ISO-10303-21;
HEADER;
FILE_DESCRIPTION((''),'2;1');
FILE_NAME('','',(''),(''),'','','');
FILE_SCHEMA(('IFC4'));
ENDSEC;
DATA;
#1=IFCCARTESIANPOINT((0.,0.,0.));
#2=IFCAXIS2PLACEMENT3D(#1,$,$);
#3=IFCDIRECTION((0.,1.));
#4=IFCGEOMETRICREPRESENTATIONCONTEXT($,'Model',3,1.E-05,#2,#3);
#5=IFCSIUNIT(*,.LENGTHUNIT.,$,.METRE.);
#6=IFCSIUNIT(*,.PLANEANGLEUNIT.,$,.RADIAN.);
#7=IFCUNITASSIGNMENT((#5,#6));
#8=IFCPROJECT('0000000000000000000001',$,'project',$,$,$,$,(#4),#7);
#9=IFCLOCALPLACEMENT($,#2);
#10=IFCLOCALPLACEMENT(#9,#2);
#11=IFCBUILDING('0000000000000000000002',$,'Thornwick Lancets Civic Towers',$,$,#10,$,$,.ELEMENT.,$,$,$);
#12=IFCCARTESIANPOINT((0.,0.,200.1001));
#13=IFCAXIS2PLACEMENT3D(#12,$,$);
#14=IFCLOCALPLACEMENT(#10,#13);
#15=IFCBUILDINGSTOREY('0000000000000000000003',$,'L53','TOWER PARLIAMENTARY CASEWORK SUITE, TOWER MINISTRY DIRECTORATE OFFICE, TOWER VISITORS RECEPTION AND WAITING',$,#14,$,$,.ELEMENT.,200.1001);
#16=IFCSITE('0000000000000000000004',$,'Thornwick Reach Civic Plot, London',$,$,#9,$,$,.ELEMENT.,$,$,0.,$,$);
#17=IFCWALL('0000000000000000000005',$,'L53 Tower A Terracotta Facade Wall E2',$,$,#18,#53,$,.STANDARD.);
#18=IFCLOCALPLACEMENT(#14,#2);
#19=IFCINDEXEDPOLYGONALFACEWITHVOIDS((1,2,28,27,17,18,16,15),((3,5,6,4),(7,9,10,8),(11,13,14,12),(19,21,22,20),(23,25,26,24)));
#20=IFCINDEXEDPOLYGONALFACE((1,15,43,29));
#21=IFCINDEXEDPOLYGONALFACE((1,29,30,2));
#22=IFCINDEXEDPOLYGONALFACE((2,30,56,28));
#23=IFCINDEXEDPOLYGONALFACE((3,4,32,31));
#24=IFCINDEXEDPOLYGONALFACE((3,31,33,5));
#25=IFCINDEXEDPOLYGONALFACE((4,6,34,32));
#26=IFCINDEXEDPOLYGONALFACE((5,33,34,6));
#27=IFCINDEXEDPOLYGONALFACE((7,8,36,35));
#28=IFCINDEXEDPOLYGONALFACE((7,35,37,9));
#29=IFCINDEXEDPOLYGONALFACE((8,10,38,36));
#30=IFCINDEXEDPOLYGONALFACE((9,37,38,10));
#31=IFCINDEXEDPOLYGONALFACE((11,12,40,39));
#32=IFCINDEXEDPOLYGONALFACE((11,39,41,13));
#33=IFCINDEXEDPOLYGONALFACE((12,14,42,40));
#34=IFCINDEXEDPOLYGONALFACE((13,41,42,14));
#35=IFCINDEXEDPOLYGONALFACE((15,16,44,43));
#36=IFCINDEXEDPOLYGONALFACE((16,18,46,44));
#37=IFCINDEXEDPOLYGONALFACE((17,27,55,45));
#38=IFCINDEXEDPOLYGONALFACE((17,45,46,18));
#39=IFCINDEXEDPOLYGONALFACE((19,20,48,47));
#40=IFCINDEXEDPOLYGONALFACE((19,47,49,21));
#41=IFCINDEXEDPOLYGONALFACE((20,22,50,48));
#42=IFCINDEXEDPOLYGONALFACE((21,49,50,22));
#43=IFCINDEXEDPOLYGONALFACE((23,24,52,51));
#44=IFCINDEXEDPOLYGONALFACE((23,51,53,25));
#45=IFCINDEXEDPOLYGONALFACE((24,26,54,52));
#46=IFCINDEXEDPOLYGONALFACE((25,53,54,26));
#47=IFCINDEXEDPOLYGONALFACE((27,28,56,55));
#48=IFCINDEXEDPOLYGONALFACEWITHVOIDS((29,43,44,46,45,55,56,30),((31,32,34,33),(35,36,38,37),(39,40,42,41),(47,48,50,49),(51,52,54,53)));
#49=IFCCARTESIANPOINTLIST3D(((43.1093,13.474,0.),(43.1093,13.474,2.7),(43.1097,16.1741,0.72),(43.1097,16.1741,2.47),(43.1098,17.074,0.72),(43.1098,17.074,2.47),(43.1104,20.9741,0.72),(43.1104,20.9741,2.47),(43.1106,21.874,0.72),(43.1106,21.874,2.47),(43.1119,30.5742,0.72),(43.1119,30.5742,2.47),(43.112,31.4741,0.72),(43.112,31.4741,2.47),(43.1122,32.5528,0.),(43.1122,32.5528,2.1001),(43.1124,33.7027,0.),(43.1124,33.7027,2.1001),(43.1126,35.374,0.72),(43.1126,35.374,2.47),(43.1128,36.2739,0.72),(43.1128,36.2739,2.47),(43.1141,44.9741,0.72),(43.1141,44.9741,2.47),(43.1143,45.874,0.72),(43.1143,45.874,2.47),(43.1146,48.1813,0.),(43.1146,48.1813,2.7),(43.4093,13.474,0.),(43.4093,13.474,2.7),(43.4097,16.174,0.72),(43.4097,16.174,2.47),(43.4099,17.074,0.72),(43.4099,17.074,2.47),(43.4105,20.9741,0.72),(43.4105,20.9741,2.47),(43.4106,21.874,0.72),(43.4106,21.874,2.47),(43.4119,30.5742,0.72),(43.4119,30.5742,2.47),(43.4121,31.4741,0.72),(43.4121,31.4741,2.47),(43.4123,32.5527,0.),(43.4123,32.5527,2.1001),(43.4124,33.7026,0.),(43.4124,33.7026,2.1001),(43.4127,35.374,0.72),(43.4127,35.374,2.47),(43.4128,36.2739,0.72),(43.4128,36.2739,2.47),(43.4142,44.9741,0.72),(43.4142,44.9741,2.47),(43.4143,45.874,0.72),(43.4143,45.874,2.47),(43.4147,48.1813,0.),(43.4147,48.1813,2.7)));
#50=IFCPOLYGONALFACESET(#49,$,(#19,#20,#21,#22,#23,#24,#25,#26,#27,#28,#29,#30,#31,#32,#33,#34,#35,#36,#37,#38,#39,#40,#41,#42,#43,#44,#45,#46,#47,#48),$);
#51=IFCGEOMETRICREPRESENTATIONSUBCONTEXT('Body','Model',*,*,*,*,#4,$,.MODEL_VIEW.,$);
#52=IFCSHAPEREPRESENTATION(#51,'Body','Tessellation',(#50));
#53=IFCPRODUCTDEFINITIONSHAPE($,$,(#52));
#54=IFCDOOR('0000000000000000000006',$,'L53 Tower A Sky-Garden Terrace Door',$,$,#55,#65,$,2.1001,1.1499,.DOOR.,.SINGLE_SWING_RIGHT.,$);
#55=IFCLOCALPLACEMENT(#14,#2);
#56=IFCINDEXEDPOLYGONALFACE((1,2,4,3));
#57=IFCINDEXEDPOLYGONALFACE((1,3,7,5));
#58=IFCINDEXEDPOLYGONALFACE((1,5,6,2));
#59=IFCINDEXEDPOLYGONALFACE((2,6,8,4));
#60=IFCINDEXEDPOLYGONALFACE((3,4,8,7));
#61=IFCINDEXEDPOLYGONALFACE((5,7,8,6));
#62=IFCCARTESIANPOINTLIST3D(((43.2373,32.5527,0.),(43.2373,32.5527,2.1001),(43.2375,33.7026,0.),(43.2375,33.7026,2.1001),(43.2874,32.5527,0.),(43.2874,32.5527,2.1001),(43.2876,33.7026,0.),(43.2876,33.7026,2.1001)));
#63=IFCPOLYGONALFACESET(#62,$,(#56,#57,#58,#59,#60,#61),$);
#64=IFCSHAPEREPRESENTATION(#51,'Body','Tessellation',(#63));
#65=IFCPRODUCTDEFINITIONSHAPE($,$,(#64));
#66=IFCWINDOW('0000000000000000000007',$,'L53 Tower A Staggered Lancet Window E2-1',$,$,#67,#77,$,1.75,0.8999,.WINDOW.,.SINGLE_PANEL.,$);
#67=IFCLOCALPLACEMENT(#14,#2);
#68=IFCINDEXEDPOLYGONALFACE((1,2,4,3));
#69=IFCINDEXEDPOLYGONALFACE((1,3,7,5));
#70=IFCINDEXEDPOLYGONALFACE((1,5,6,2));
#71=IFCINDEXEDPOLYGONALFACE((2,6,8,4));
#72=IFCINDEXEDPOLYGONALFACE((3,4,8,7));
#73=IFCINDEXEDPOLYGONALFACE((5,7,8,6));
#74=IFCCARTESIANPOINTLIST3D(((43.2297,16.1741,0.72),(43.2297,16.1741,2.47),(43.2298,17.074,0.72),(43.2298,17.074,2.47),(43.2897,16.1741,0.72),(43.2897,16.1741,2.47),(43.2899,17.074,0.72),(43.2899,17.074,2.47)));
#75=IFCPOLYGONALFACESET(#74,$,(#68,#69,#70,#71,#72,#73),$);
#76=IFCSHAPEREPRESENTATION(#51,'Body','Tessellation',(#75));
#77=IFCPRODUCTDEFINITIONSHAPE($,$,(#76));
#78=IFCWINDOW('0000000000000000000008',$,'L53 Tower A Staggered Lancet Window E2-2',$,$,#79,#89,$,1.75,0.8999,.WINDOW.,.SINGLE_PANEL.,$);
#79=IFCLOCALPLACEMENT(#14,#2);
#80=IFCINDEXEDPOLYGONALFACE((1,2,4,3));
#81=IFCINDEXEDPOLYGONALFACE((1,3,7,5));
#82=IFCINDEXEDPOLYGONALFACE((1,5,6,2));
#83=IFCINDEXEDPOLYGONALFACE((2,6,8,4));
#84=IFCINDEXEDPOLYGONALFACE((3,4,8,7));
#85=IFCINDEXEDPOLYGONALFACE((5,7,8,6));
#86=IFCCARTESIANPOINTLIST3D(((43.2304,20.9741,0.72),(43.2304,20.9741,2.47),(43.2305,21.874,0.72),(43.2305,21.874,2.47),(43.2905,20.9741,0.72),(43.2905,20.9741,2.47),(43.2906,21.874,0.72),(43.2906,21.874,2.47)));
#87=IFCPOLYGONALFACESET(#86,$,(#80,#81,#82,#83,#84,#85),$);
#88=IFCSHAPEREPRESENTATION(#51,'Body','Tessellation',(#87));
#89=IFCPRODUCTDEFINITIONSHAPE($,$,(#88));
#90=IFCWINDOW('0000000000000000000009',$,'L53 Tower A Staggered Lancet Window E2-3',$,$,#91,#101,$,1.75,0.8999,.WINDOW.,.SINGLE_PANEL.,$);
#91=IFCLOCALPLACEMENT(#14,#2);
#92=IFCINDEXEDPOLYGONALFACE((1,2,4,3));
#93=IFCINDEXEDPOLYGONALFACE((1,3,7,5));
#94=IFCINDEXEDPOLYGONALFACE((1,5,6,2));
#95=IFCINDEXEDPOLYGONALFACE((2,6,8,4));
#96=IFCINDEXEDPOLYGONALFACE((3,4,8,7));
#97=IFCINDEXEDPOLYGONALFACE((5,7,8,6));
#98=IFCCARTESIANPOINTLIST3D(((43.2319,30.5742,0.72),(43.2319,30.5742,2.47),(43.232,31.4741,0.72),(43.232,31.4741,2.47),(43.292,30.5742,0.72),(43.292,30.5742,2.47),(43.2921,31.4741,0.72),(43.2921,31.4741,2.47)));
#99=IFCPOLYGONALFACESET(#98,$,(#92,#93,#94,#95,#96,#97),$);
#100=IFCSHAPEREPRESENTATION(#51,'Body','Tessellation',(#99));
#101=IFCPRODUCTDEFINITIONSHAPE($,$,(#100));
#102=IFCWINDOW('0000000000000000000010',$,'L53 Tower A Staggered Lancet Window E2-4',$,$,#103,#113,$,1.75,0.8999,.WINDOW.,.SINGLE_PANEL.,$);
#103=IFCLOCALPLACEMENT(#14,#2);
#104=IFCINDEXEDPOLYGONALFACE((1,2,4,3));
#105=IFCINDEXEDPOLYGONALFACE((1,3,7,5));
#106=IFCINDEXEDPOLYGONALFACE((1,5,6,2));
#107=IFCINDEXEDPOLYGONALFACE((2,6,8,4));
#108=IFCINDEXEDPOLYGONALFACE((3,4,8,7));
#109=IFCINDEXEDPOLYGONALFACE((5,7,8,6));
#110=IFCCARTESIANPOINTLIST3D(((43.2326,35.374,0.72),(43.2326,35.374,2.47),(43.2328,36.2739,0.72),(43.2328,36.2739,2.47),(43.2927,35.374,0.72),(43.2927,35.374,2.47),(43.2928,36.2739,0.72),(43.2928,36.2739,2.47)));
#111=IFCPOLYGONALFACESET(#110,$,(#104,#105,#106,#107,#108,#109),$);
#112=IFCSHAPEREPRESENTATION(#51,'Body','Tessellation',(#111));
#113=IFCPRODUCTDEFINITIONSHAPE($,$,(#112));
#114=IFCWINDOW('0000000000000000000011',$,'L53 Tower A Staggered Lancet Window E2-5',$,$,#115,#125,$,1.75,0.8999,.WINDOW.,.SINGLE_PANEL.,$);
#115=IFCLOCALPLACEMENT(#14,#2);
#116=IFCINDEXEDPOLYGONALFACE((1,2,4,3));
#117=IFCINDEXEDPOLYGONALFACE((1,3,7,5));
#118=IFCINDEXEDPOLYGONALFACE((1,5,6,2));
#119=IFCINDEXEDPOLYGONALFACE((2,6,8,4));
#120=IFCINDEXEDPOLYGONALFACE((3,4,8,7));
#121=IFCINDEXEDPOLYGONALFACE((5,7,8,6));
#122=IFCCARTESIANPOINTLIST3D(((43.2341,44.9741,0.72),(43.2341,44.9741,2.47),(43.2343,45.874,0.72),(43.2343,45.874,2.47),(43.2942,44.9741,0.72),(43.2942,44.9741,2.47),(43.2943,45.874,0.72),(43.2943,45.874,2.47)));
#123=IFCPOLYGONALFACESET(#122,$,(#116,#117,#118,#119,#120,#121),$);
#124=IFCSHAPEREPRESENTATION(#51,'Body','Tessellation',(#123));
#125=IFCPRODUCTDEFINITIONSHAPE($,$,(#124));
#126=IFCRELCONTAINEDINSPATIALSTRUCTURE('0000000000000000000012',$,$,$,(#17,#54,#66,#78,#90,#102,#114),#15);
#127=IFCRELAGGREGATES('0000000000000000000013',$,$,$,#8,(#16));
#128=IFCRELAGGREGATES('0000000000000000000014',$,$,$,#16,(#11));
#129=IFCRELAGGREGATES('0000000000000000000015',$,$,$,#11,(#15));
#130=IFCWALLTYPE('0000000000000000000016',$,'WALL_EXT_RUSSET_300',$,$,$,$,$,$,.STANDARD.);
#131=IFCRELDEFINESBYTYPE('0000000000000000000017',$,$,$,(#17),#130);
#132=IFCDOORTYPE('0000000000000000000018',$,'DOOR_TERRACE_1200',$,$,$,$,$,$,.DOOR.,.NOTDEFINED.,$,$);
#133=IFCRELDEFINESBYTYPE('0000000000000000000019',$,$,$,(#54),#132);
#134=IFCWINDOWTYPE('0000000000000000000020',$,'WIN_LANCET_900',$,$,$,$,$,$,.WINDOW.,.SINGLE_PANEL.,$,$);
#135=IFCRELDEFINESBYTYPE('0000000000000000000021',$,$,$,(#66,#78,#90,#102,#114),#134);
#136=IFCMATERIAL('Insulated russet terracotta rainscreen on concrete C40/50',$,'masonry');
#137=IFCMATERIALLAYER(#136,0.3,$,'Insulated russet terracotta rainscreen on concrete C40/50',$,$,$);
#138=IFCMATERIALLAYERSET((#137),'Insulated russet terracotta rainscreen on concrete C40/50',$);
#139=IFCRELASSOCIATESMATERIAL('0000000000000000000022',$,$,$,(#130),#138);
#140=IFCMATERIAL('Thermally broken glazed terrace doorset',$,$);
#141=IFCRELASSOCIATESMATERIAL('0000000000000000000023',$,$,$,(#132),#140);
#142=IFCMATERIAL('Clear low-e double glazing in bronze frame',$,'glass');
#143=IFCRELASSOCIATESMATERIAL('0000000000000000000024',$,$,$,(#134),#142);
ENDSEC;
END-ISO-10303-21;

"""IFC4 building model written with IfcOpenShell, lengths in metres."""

from ifc_helpers import new_model, si_unit, direction, frame, frame_2d, origin, place, context, subcontext, project, spatial, rectangle, extrude, material, layer, layer_set, type_object, element, fill, save


model = new_model("IFC4")

# Units and contexts
model_context = context("Model", 3, precision=1e-05, world=origin(), true_north=direction((0.0, 1.0)))
body_context = subcontext(model_context, "Body", "Model", "MODEL_VIEW")
ifc_project = project(units=[si_unit("LENGTHUNIT", "METRE"), si_unit("PLANEANGLEUNIT", "RADIAN")], contexts=[model_context])

# Site, building, storey
site_placement = place(None, origin())
site = spatial("IfcSite", under=ifc_project, at=site_placement, Name="Thornwick Reach Civic Plot, London", CompositionType="ELEMENT", RefElevation=0.0)
building_placement = place(site_placement, origin())
building = spatial("IfcBuilding", under=site, at=building_placement, Name="Thornwick Lancets Civic Towers", CompositionType="ELEMENT")
storey_placement = place(building_placement, frame((0.0, 0.0, 200.1001)))
storey = spatial("IfcBuildingStorey", under=building, at=storey_placement, Name="L53", Description="TOWER PARLIAMENTARY CASEWORK SUITE, TOWER MINISTRY DIRECTORATE OFFICE, TOWER VISITORS RECEPTION AND WAITING", CompositionType="ELEMENT", Elevation=200.1001)

# Wall, openings, door, windows
ifc_material_1 = material(Name="Insulated russet terracotta rainscreen on concrete C40/50", Category="masonry")
ifc_layer_1 = layer(ifc_material_1, 0.3, Name="Insulated russet terracotta rainscreen on concrete C40/50")
ifc_layer_set_1 = layer_set([ifc_layer_1], Name="Insulated russet terracotta rainscreen on concrete C40/50")
wall_type_1 = type_object("IfcWallType", Name="WALL_EXT_RUSSET_300", PredefinedType="STANDARD", material=ifc_layer_set_1)
wall_1_placement = place(storey_placement, frame((43.2593, 13.4741, 0.0), z_axis=(0.0, 0.0, 1.0), x_axis=(0.000155, 1.0, 0.0)))
wall_1 = element("IfcWall", 1, at=wall_1_placement, inside=storey, type_object=wall_type_1, Name="L53 Tower A Terracotta Facade Wall E2", PredefinedType="STANDARD", context=body_context, shape_type="SweptSolid", body=[
    extrude(rectangle(XDim=34.7073, YDim=0.3, at=frame_2d((17.3535, 0.0))), origin(), (0.0, 0.0, 1.0), 2.7),
])
opening_1_placement = place(wall_1_placement, frame((19.0786, 0.0, 0.0)))
opening_1 = element("IfcOpeningElement", 2, at=opening_1_placement, cuts=wall_1, PredefinedType="OPENING", context=body_context, shape_type="SweptSolid", body=[
    extrude(rectangle(XDim=1.1499, YDim=2.1001, at=frame_2d((0.575, 1.05))), frame((0.0, 0.1602, 0.0), z_axis=(0.0, -1.0, 0.0), x_axis=(1.0, 0.0, 0.0)), (0.0, 0.0, 1.0), 0.3201),
])
opening_2_placement = place(wall_1_placement, frame((2.7, 0.0, 0.72)))
opening_2 = element("IfcOpeningElement", 3, at=opening_2_placement, cuts=wall_1, PredefinedType="OPENING", context=body_context, shape_type="SweptSolid", body=[
    extrude(rectangle(XDim=0.8999, YDim=1.75, at=frame_2d((0.45, 0.875))), frame((0.0, 0.1602, 0.0), z_axis=(0.0, -1.0, 0.0), x_axis=(1.0, 0.0, 0.0)), (0.0, 0.0, 1.0), 0.3201),
])
opening_3_placement = place(wall_1_placement, frame((7.5, 0.0, 0.72)))
opening_3 = element("IfcOpeningElement", 4, at=opening_3_placement, cuts=wall_1, PredefinedType="OPENING", context=body_context, shape_type="SweptSolid", body=[
    extrude(rectangle(XDim=0.8999, YDim=1.75, at=frame_2d((0.45, 0.875))), frame((0.0, 0.1602, 0.0), z_axis=(0.0, -1.0, 0.0), x_axis=(1.0, 0.0, 0.0)), (0.0, 0.0, 1.0), 0.3201),
])
opening_4_placement = place(wall_1_placement, frame((17.1001, 0.0, 0.72)))
opening_4 = element("IfcOpeningElement", 5, at=opening_4_placement, cuts=wall_1, PredefinedType="OPENING", context=body_context, shape_type="SweptSolid", body=[
    extrude(rectangle(XDim=0.8999, YDim=1.75, at=frame_2d((0.45, 0.875))), frame((0.0, 0.1602, 0.0), z_axis=(0.0, -1.0, 0.0), x_axis=(1.0, 0.0, 0.0)), (0.0, 0.0, 1.0), 0.3201),
])
opening_5_placement = place(wall_1_placement, frame((21.8999, 0.0, 0.72)))
opening_5 = element("IfcOpeningElement", 6, at=opening_5_placement, cuts=wall_1, PredefinedType="OPENING", context=body_context, shape_type="SweptSolid", body=[
    extrude(rectangle(XDim=0.8999, YDim=1.75, at=frame_2d((0.45, 0.875))), frame((0.0, 0.1602, 0.0), z_axis=(0.0, -1.0, 0.0), x_axis=(1.0, 0.0, 0.0)), (0.0, 0.0, 1.0), 0.3201),
])
opening_6_placement = place(wall_1_placement, frame((31.5, 0.0, 0.72)))
opening_6 = element("IfcOpeningElement", 7, at=opening_6_placement, cuts=wall_1, PredefinedType="OPENING", context=body_context, shape_type="SweptSolid", body=[
    extrude(rectangle(XDim=0.8999, YDim=1.75, at=frame_2d((0.45, 0.875))), frame((0.0, 0.1602, 0.0), z_axis=(0.0, -1.0, 0.0), x_axis=(1.0, 0.0, 0.0)), (0.0, 0.0, 1.0), 0.3201),
])
ifc_material_2 = material(Name="Thermally broken glazed terrace doorset")
door_type = type_object("IfcDoorType", Name="DOOR_TERRACE_1200", OperationType="NOTDEFINED", PredefinedType="DOOR", material=ifc_material_2)
door_placement = place(opening_1_placement, origin())
door = element("IfcDoor", 8, at=door_placement, inside=storey, type_object=door_type, Name="L53 Tower A Sky-Garden Terrace Door", OperationType="SINGLE_SWING_RIGHT", OverallHeight=2.1001, OverallWidth=1.1499, PredefinedType="DOOR", context=body_context, shape_type="SweptSolid", body=[
    extrude(rectangle(XDim=1.1499, YDim=2.1001, at=frame_2d((0.575, 1.05))), frame((0.0, 0.0249, 0.0), z_axis=(0.0, -1.0, 0.0), x_axis=(1.0, 0.0, 0.0)), (0.0, 0.0, 1.0), 0.05),
])
fill(opening_1, door)
ifc_material_3 = material(Name="Clear low-e double glazing in bronze frame", Category="glass")
window_type = type_object("IfcWindowType", Name="WIN_LANCET_900", PartitioningType="SINGLE_PANEL", PredefinedType="WINDOW", material=ifc_material_3)
window_1_placement = place(opening_2_placement, origin())
window_1 = element("IfcWindow", 9, at=window_1_placement, inside=storey, type_object=window_type, Name="L53 Tower A Staggered Lancet Window E2-1", OverallHeight=1.75, OverallWidth=0.8999, PartitioningType="SINGLE_PANEL", PredefinedType="WINDOW", context=body_context, shape_type="SweptSolid", body=[
    extrude(rectangle(XDim=0.8999, YDim=1.75, at=frame_2d((0.45, 0.875))), frame((0.0, 0.03, 0.0), z_axis=(0.0, -1.0, 0.0), x_axis=(1.0, 0.0, 0.0)), (0.0, 0.0, 1.0), 0.0601),
])
fill(opening_2, window_1)
window_2_placement = place(opening_3_placement, origin())
window_2 = element("IfcWindow", 10, at=window_2_placement, inside=storey, type_object=window_type, Name="L53 Tower A Staggered Lancet Window E2-2", OverallHeight=1.75, OverallWidth=0.8999, PartitioningType="SINGLE_PANEL", PredefinedType="WINDOW", context=body_context, shape_type="SweptSolid", body=[
    extrude(rectangle(XDim=0.8999, YDim=1.75, at=frame_2d((0.45, 0.875))), frame((0.0, 0.03, 0.0), z_axis=(0.0, -1.0, 0.0), x_axis=(1.0, 0.0, 0.0)), (0.0, 0.0, 1.0), 0.0601),
])
fill(opening_3, window_2)
window_3_placement = place(opening_4_placement, origin())
window_3 = element("IfcWindow", 11, at=window_3_placement, inside=storey, type_object=window_type, Name="L53 Tower A Staggered Lancet Window E2-3", OverallHeight=1.75, OverallWidth=0.8999, PartitioningType="SINGLE_PANEL", PredefinedType="WINDOW", context=body_context, shape_type="SweptSolid", body=[
    extrude(rectangle(XDim=0.8999, YDim=1.75, at=frame_2d((0.45, 0.875))), frame((0.0, 0.03, 0.0), z_axis=(0.0, -1.0, 0.0), x_axis=(1.0, 0.0, 0.0)), (0.0, 0.0, 1.0), 0.0601),
])
fill(opening_4, window_3)
window_4_placement = place(opening_5_placement, origin())
window_4 = element("IfcWindow", 12, at=window_4_placement, inside=storey, type_object=window_type, Name="L53 Tower A Staggered Lancet Window E2-4", OverallHeight=1.75, OverallWidth=0.8999, PartitioningType="SINGLE_PANEL", PredefinedType="WINDOW", context=body_context, shape_type="SweptSolid", body=[
    extrude(rectangle(XDim=0.8999, YDim=1.75, at=frame_2d((0.45, 0.875))), frame((0.0, 0.03, 0.0), z_axis=(0.0, -1.0, 0.0), x_axis=(1.0, 0.0, 0.0)), (0.0, 0.0, 1.0), 0.0601),
])
fill(opening_5, window_4)
window_5_placement = place(opening_6_placement, origin())
window_5 = element("IfcWindow", 13, at=window_5_placement, inside=storey, type_object=window_type, Name="L53 Tower A Staggered Lancet Window E2-5", OverallHeight=1.75, OverallWidth=0.8999, PartitioningType="SINGLE_PANEL", PredefinedType="WINDOW", context=body_context, shape_type="SweptSolid", body=[
    extrude(rectangle(XDim=0.8999, YDim=1.75, at=frame_2d((0.45, 0.875))), frame((0.0, 0.03, 0.0), z_axis=(0.0, -1.0, 0.0), x_axis=(1.0, 0.0, 0.0)), (0.0, 0.0, 1.0), 0.0601),
])
fill(opening_6, window_5)

save(model, "model.ifc")
